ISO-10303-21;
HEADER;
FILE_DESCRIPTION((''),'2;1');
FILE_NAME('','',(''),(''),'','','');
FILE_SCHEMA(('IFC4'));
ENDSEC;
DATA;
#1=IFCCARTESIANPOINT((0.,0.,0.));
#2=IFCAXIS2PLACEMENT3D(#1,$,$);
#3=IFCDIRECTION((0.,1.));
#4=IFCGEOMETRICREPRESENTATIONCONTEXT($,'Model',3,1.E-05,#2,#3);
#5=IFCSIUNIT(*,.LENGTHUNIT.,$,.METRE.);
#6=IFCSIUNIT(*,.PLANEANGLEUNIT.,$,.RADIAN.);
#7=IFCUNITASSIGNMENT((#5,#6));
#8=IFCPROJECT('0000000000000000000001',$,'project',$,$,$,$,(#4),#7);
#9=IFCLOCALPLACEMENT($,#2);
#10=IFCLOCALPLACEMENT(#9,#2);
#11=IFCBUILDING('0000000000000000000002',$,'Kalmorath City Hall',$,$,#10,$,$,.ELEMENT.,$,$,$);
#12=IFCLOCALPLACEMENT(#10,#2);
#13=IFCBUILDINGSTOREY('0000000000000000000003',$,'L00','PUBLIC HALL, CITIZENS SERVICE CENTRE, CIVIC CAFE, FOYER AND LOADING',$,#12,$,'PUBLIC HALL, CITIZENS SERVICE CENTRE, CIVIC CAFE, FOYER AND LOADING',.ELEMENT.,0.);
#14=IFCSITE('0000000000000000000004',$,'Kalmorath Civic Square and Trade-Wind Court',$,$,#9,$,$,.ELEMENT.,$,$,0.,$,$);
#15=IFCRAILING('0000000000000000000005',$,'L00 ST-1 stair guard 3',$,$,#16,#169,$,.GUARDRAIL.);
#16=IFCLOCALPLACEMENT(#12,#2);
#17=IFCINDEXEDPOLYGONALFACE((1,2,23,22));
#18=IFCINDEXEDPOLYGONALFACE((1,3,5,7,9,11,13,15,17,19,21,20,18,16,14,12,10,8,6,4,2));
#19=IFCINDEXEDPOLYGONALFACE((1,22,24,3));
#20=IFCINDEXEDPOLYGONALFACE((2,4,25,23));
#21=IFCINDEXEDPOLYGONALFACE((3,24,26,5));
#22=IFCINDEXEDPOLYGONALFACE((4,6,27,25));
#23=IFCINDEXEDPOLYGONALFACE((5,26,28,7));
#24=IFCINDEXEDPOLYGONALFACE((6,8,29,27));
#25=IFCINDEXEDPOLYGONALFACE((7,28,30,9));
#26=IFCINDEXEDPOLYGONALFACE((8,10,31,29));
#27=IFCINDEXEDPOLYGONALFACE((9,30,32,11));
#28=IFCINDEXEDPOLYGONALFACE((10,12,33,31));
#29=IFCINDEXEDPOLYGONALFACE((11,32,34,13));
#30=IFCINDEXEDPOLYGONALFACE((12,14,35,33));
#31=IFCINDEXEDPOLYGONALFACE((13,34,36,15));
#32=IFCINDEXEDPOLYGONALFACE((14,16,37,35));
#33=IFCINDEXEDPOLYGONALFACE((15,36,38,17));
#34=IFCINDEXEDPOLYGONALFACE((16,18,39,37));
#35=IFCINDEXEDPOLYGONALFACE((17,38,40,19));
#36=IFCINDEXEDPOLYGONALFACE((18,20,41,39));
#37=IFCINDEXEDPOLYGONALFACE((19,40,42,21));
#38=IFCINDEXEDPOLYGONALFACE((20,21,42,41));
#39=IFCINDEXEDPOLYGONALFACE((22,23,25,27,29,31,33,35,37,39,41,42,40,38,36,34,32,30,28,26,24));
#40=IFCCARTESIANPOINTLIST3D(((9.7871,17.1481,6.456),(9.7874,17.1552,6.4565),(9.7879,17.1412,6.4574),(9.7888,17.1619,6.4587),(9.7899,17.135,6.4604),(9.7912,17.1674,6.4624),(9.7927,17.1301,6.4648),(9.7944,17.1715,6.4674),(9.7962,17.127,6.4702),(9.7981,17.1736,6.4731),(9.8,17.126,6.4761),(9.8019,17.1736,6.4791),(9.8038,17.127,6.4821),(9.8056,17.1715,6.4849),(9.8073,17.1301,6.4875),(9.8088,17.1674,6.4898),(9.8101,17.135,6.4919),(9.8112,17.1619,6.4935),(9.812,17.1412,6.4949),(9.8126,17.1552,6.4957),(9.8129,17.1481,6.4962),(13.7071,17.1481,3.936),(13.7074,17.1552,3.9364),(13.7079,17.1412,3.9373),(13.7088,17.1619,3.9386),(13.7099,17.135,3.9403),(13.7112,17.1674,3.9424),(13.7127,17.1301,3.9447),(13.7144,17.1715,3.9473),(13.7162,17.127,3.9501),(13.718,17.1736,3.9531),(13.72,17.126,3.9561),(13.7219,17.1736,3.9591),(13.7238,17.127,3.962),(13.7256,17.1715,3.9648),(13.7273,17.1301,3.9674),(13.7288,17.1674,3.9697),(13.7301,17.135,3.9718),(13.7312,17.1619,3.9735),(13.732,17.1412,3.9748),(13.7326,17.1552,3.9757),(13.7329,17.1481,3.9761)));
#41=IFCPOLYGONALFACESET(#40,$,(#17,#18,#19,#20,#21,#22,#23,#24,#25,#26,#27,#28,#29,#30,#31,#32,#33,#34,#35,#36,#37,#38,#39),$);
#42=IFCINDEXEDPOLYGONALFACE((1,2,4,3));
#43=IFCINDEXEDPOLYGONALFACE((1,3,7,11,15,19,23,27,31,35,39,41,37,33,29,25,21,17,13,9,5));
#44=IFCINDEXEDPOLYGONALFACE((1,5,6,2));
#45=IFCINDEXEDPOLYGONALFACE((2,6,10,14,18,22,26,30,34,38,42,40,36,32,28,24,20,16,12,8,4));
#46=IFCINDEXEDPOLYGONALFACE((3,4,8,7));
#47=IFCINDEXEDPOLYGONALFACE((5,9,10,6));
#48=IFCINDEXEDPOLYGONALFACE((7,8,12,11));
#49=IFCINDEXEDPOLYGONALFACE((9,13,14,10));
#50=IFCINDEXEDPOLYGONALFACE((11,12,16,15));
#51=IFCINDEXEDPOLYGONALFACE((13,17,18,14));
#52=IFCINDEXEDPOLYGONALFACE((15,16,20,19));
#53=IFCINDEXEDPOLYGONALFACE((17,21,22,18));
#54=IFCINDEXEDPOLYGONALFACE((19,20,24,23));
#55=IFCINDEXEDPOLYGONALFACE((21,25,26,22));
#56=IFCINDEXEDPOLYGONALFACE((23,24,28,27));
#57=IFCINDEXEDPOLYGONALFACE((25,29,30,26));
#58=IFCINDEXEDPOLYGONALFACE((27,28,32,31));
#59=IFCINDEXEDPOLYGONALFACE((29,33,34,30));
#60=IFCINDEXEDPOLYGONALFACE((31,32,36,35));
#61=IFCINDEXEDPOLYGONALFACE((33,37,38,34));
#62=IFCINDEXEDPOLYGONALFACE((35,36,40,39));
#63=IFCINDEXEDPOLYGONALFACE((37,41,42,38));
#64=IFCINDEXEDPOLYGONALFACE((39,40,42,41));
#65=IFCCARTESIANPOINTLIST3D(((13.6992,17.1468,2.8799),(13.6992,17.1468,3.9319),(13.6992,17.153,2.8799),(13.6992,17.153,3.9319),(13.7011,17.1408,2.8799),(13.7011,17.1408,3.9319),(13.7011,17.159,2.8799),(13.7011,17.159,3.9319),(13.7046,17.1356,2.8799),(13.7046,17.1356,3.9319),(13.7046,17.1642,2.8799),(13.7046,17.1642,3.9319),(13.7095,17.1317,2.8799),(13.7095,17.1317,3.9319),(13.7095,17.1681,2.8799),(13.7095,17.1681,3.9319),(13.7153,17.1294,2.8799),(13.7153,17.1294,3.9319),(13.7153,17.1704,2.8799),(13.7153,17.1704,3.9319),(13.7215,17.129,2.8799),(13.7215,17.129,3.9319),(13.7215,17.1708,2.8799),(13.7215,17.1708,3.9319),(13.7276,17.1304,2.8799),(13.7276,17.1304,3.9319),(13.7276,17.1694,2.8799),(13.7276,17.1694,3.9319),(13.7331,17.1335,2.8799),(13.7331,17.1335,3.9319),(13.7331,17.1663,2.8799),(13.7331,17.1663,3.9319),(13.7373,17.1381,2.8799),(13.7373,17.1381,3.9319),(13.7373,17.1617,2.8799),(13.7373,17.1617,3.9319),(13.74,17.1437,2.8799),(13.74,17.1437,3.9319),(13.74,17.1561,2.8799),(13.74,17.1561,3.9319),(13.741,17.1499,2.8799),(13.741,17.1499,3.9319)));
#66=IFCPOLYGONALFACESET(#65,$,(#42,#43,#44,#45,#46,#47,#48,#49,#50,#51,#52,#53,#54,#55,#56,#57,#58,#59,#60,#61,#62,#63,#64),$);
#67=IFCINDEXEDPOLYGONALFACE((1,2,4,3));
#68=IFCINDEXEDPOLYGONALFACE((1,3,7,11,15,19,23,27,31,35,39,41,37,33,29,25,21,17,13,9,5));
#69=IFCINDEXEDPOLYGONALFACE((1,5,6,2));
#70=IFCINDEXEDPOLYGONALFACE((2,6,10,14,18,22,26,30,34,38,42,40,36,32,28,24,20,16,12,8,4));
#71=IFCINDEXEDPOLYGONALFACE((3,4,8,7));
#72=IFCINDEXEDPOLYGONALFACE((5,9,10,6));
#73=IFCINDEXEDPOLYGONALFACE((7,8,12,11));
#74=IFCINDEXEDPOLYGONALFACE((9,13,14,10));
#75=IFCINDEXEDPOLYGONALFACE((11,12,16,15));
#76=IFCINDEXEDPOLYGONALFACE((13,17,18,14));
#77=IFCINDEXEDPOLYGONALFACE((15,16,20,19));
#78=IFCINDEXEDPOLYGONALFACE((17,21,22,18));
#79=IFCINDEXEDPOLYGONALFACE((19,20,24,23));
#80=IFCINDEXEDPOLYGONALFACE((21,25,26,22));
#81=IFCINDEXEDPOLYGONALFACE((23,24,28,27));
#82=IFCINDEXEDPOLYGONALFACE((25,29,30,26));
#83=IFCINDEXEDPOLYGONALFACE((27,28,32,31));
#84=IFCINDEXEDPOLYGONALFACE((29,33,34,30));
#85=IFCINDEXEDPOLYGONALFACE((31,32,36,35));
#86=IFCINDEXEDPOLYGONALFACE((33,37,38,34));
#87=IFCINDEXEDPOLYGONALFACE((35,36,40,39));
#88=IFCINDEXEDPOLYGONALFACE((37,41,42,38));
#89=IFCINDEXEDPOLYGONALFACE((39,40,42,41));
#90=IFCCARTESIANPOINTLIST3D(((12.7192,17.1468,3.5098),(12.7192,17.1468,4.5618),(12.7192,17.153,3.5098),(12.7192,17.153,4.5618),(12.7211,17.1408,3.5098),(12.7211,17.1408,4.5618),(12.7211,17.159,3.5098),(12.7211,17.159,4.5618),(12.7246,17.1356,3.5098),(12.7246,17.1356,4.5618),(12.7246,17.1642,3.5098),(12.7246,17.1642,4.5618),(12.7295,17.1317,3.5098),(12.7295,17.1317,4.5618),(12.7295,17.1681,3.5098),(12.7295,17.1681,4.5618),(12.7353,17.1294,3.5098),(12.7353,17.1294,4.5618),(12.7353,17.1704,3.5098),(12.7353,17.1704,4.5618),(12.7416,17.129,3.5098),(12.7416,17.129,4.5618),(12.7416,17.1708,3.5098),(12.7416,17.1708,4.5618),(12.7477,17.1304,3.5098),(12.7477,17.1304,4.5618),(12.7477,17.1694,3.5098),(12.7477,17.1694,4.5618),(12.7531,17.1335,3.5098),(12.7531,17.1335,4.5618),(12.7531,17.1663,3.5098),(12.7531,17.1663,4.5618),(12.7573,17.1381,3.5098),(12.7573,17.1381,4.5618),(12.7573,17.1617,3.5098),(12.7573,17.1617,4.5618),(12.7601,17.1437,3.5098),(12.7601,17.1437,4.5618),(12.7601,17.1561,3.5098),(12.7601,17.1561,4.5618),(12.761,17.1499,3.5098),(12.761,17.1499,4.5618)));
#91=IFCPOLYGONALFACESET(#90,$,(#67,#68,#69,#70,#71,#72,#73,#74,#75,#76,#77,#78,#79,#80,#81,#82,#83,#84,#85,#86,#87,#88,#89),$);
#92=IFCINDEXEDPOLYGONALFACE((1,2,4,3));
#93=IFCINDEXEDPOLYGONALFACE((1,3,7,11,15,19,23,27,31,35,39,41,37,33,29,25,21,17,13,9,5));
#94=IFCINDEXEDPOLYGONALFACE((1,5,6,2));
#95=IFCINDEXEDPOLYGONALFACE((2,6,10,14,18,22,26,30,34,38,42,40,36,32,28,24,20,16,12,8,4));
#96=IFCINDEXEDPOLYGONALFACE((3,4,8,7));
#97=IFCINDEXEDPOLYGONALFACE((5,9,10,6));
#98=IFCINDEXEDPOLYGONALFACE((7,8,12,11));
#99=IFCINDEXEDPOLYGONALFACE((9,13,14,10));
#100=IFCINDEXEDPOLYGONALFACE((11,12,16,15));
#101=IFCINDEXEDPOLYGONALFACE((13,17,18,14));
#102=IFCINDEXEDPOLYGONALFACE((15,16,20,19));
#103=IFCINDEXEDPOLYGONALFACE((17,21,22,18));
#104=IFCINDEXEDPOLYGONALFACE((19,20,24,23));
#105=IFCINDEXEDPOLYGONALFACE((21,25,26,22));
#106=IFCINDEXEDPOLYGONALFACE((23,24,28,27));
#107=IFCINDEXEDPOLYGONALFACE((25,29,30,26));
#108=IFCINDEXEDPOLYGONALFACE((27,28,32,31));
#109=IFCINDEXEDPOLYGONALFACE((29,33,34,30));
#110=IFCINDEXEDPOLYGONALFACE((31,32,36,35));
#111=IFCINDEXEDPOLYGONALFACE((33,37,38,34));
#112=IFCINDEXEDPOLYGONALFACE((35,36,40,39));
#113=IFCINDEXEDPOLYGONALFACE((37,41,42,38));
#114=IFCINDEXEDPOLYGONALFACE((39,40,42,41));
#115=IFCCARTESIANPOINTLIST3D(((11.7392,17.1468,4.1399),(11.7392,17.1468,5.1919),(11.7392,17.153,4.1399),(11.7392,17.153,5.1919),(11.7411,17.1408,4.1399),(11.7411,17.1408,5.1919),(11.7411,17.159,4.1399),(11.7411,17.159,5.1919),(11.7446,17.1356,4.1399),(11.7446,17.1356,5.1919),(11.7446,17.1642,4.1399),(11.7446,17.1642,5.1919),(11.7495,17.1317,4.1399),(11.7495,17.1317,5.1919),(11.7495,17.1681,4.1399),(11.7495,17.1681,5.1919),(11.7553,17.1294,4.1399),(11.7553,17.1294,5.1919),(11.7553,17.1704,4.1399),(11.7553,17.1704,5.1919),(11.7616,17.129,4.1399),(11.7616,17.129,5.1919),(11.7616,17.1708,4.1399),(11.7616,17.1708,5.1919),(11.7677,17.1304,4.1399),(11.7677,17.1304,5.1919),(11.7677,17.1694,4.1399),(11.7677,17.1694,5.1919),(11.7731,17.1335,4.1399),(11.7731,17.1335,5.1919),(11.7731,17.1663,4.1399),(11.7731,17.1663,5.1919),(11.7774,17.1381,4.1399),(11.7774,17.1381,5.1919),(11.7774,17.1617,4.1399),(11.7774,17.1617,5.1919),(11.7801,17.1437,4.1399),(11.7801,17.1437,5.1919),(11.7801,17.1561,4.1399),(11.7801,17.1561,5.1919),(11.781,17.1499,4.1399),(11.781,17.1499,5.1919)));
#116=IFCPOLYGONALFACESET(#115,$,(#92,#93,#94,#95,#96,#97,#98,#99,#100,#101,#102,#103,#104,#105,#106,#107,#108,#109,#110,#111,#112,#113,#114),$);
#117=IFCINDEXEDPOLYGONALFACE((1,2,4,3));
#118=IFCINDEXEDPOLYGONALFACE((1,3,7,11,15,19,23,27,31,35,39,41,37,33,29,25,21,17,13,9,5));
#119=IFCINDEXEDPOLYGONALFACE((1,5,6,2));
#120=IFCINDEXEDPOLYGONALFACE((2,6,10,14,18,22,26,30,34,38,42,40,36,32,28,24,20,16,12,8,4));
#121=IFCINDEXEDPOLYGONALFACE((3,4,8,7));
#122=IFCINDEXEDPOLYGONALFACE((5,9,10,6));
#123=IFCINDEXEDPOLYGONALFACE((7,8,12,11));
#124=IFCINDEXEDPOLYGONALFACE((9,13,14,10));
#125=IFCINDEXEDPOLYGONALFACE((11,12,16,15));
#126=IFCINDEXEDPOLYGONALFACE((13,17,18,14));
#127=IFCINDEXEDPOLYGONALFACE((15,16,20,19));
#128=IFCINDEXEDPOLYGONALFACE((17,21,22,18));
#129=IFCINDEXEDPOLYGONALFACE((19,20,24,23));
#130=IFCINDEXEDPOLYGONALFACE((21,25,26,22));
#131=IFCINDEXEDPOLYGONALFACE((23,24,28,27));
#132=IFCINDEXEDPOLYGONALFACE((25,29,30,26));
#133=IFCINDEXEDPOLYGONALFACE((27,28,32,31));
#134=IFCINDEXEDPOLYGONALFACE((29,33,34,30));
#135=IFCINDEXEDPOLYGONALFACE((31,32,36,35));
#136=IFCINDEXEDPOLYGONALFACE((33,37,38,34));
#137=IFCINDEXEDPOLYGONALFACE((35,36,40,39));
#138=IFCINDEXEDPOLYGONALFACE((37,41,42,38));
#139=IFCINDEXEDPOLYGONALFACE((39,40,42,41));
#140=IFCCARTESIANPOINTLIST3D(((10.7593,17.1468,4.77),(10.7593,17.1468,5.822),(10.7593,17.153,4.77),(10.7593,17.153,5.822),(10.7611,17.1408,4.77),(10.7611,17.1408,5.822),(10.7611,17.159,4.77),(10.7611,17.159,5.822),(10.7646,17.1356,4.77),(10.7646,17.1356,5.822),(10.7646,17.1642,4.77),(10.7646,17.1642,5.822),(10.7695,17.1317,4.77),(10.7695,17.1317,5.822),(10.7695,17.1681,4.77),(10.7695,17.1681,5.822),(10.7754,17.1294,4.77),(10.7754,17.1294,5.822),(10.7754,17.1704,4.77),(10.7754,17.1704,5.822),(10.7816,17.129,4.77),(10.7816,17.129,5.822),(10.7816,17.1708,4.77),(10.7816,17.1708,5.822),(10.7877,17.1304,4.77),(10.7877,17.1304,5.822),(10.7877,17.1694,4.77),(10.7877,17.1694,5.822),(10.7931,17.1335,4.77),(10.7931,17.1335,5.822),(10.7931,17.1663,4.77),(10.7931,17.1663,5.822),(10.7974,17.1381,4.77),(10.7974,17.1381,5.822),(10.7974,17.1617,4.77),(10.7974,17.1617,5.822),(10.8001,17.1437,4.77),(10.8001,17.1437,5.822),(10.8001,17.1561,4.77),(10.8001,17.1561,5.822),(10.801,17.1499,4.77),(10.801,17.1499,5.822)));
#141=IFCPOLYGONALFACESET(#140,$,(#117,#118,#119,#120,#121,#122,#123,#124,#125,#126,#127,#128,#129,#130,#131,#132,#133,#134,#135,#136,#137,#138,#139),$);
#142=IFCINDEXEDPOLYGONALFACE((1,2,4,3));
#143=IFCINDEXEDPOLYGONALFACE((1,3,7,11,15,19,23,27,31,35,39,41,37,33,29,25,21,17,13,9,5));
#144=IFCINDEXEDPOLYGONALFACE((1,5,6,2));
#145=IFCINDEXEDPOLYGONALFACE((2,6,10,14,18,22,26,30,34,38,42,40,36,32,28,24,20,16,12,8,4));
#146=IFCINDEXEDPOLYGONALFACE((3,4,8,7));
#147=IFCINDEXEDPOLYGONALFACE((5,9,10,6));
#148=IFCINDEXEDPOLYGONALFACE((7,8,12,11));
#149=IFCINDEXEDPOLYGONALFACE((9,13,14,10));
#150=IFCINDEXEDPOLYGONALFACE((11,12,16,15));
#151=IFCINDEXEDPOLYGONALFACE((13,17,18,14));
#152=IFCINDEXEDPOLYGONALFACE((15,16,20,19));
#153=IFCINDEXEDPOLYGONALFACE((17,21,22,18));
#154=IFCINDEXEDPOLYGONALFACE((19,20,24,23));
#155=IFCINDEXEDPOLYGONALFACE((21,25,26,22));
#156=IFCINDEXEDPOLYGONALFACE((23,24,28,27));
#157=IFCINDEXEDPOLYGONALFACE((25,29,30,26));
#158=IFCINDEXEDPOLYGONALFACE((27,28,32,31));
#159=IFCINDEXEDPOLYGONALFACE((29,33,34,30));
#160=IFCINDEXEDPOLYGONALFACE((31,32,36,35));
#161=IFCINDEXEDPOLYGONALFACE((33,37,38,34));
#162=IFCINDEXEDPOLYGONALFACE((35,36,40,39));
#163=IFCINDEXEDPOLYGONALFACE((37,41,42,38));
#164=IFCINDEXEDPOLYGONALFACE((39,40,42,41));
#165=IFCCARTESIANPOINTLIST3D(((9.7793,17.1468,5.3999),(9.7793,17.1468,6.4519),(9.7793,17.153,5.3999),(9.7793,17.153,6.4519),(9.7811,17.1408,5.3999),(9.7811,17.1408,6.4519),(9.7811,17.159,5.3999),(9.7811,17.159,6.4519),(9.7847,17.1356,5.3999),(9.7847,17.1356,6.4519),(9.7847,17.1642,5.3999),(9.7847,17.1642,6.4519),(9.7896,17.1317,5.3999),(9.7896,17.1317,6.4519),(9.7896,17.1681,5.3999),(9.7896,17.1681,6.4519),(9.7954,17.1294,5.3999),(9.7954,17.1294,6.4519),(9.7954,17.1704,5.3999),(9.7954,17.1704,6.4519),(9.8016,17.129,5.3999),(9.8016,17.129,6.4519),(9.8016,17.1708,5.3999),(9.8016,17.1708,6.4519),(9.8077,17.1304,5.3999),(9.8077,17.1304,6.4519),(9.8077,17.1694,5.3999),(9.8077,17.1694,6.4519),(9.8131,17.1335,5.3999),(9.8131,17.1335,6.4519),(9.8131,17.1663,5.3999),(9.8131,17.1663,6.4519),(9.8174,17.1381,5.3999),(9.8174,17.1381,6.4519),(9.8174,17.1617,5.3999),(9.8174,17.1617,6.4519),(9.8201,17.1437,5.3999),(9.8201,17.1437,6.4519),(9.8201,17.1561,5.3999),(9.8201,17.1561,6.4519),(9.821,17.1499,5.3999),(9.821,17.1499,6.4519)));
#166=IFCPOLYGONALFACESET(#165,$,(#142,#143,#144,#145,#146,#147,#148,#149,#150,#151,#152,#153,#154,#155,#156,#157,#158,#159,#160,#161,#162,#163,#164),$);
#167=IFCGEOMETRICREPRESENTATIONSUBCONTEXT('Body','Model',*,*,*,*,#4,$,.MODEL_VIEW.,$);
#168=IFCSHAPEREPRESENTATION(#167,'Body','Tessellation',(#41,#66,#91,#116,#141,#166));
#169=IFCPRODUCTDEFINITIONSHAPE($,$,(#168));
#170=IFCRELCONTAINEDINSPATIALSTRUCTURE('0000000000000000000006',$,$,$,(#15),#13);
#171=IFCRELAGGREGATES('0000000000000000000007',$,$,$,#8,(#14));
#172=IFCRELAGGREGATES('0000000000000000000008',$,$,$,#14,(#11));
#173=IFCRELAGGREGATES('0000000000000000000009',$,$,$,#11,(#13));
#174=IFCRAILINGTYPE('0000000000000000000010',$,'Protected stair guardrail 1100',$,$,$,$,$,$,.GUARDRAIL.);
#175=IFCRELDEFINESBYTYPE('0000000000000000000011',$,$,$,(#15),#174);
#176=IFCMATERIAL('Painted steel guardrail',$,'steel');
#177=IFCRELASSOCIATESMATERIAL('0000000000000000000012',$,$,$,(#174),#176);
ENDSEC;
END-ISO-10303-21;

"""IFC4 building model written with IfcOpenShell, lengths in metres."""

from ifc_helpers import new_model, si_unit, direction, frame, origin, origin_2d, place, context, subcontext, project, spatial, circle, extrude, material, type_object, element, save


model = new_model("IFC4")

# Units and contexts
model_context = context("Model", 3, precision=1e-05, world=origin(), true_north=direction((0.0, 1.0)))
body_context = subcontext(model_context, "Body", "Model", "MODEL_VIEW")
ifc_project = project(units=[si_unit("LENGTHUNIT", "METRE"), si_unit("PLANEANGLEUNIT", "RADIAN")], contexts=[model_context])

# Site, building, storey
site_placement = place(None, origin())
site = spatial("IfcSite", under=ifc_project, at=site_placement, Name="Kalmorath Civic Square and Trade-Wind Court", CompositionType="ELEMENT", RefElevation=0.0)
building_placement = place(site_placement, origin())
building = spatial("IfcBuilding", under=site, at=building_placement, Name="Kalmorath City Hall", CompositionType="ELEMENT")
storey_placement = place(building_placement, origin())
storey = spatial("IfcBuildingStorey", under=building, at=storey_placement, Name="L00", Description="PUBLIC HALL, CITIZENS SERVICE CENTRE, CIVIC CAFE, FOYER AND LOADING", LongName="PUBLIC HALL, CITIZENS SERVICE CENTRE, CIVIC CAFE, FOYER AND LOADING", CompositionType="ELEMENT", Elevation=0.0)

# Railing
ifc_material_1 = material(Name="Painted steel guardrail", Category="steel")
railing_type_1 = type_object("IfcRailingType", Name="Protected stair guardrail 1100", PredefinedType="GUARDRAIL", material=ifc_material_1)
railing_1_placement = place(storey_placement, frame((13.72, 17.1499, 2.8799)))
element("IfcRailing", 1, at=railing_1_placement, inside=storey, type_object=railing_type_1, Name="L00 ST-1 stair guard 3", PredefinedType="GUARDRAIL", context=body_context, shape_type="SweptSolid", body=[
    extrude(circle(Radius=0.0239, at=origin_2d()), frame((0.0, 0.0, 1.0762), z_axis=(-0.841172, 0.0, 0.540768), x_axis=(0.0, -1.0, 0.0)), (0.0, 0.0, 1.0), 4.6602),
    extrude(circle(Radius=0.021, at=origin_2d()), origin(), (0.0, 0.0, 1.0), 1.052),
    extrude(circle(Radius=0.021, at=origin_2d()), frame((-0.98, 0.0, 0.6299)), (0.0, 0.0, 1.0), 1.052),
    extrude(circle(Radius=0.021, at=origin_2d()), frame((-1.96, 0.0, 1.26)), (0.0, 0.0, 1.0), 1.052),
    extrude(circle(Radius=0.021, at=origin_2d()), frame((-2.9399, 0.0, 1.8901)), (0.0, 0.0, 1.0), 1.052),
    extrude(circle(Radius=0.021, at=origin_2d()), frame((-3.9199, 0.0, 2.52)), (0.0, 0.0, 1.0), 1.052),
])

save(model, "model.ifc")
